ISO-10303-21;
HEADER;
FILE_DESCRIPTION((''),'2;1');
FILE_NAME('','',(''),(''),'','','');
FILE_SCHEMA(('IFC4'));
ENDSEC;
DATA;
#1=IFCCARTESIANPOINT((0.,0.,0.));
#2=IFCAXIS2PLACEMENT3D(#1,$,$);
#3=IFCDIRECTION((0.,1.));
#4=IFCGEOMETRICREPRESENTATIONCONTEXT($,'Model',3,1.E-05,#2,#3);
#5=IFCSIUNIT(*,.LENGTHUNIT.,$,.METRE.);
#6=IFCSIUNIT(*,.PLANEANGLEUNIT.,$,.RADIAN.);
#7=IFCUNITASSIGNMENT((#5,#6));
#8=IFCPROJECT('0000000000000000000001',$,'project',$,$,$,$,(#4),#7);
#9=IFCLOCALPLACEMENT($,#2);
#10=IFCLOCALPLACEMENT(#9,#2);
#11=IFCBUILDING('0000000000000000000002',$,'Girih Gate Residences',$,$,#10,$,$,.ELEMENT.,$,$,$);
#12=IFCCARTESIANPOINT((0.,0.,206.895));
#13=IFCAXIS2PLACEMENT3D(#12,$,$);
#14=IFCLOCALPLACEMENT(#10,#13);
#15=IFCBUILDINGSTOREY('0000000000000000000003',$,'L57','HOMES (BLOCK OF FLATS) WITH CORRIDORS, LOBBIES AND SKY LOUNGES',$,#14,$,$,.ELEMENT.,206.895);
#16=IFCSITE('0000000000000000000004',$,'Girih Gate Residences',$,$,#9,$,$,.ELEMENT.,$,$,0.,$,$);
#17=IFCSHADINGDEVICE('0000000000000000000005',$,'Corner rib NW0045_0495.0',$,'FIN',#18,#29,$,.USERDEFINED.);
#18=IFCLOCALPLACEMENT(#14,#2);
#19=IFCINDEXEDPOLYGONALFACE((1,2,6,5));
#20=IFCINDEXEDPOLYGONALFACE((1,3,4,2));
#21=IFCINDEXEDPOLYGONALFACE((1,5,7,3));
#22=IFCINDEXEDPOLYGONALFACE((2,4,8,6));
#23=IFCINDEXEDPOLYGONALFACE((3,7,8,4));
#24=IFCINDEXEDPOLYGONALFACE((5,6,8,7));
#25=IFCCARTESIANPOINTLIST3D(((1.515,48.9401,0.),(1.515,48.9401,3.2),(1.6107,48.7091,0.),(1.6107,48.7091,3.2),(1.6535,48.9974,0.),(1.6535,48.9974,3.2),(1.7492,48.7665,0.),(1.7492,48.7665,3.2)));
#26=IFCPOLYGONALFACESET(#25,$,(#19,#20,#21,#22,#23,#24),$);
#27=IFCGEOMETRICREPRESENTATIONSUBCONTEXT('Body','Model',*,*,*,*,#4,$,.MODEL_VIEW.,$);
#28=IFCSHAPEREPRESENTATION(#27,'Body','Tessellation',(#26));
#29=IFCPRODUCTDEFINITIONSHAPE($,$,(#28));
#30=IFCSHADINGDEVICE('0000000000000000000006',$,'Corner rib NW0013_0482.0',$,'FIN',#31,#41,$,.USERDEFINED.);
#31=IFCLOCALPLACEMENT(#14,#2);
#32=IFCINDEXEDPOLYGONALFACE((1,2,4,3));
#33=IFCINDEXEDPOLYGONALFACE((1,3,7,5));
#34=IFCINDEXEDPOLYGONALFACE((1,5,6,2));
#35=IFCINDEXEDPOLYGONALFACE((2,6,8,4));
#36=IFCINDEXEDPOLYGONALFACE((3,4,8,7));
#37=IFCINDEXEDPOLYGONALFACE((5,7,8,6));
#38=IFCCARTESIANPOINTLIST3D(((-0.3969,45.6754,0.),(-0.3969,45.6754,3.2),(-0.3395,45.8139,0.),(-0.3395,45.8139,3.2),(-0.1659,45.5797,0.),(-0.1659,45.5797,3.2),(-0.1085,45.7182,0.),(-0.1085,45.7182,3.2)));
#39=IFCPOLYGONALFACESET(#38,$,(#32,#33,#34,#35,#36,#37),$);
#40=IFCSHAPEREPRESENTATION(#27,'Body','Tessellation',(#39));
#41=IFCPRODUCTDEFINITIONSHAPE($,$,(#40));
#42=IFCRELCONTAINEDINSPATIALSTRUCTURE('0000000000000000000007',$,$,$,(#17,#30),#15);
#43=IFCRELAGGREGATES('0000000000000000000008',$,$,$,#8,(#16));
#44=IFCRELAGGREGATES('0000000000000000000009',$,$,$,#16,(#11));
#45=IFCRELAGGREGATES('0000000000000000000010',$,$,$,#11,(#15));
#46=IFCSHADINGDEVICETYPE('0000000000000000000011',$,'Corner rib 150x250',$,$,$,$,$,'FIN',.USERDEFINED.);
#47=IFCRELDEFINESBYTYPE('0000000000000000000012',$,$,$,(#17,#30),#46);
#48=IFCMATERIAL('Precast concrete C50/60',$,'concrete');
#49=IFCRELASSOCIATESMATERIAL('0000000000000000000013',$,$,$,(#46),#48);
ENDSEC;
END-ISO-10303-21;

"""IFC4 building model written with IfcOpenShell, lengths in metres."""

from ifc_helpers import new_model, si_unit, direction, frame, origin, origin_2d, place, context, subcontext, project, spatial, rectangle, extrude, material, type_object, element, save


model = new_model("IFC4")

# Units and contexts
model_context = context("Model", 3, precision=1e-05, world=origin(), true_north=direction((0.0, 1.0)))
body_context = subcontext(model_context, "Body", "Model", "MODEL_VIEW")
ifc_project = project(units=[si_unit("LENGTHUNIT", "METRE"), si_unit("PLANEANGLEUNIT", "RADIAN")], contexts=[model_context])

# Site, building, storey
site_placement = place(None, origin())
site = spatial("IfcSite", under=ifc_project, at=site_placement, Name="Girih Gate Residences", CompositionType="ELEMENT", RefElevation=0.0)
building_placement = place(site_placement, origin())
building = spatial("IfcBuilding", under=site, at=building_placement, Name="Girih Gate Residences", CompositionType="ELEMENT")
storey_placement = place(building_placement, frame((0.0, 0.0, 206.895)))
storey = spatial("IfcBuildingStorey", under=building, at=storey_placement, Name="L57", Description="HOMES (BLOCK OF FLATS) WITH CORRIDORS, LOBBIES AND SKY LOUNGES", CompositionType="ELEMENT", Elevation=206.895)

# Shared definitions
ifc_material_1 = material(Name="Precast concrete C50/60", Category="concrete")

# Shading devices
shading_device_type = type_object("IfcShadingDeviceType", Name="Corner rib 150x250", ElementType="FIN", PredefinedType="USERDEFINED", material=ifc_material_1)
for number, where, z_axis, x_axis, name in (
    (1, (1.6321, 48.8533, 0.0), (0.0, 0.0, 1.0), (-0.92388, -0.382683, 0.0), "Corner rib NW0045_0495.0"),
    (2, (-0.2527, 45.6968, 0.0), (0.0, 0.0, 1.0), (-0.382683, -0.92388, 0.0), "Corner rib NW0013_0482.0"),
):
    element("IfcShadingDevice", number, at=place(storey_placement, frame(where, z_axis=z_axis, x_axis=x_axis)), inside=storey, type_object=shading_device_type, Name=name, ObjectType="FIN", PredefinedType="USERDEFINED", context=body_context, shape_type="SweptSolid", body=[
        extrude(rectangle(XDim=0.1499, YDim=0.25, at=origin_2d()), origin(), (0.0, 0.0, 1.0), 3.2),
    ])

save(model, "model.ifc")
